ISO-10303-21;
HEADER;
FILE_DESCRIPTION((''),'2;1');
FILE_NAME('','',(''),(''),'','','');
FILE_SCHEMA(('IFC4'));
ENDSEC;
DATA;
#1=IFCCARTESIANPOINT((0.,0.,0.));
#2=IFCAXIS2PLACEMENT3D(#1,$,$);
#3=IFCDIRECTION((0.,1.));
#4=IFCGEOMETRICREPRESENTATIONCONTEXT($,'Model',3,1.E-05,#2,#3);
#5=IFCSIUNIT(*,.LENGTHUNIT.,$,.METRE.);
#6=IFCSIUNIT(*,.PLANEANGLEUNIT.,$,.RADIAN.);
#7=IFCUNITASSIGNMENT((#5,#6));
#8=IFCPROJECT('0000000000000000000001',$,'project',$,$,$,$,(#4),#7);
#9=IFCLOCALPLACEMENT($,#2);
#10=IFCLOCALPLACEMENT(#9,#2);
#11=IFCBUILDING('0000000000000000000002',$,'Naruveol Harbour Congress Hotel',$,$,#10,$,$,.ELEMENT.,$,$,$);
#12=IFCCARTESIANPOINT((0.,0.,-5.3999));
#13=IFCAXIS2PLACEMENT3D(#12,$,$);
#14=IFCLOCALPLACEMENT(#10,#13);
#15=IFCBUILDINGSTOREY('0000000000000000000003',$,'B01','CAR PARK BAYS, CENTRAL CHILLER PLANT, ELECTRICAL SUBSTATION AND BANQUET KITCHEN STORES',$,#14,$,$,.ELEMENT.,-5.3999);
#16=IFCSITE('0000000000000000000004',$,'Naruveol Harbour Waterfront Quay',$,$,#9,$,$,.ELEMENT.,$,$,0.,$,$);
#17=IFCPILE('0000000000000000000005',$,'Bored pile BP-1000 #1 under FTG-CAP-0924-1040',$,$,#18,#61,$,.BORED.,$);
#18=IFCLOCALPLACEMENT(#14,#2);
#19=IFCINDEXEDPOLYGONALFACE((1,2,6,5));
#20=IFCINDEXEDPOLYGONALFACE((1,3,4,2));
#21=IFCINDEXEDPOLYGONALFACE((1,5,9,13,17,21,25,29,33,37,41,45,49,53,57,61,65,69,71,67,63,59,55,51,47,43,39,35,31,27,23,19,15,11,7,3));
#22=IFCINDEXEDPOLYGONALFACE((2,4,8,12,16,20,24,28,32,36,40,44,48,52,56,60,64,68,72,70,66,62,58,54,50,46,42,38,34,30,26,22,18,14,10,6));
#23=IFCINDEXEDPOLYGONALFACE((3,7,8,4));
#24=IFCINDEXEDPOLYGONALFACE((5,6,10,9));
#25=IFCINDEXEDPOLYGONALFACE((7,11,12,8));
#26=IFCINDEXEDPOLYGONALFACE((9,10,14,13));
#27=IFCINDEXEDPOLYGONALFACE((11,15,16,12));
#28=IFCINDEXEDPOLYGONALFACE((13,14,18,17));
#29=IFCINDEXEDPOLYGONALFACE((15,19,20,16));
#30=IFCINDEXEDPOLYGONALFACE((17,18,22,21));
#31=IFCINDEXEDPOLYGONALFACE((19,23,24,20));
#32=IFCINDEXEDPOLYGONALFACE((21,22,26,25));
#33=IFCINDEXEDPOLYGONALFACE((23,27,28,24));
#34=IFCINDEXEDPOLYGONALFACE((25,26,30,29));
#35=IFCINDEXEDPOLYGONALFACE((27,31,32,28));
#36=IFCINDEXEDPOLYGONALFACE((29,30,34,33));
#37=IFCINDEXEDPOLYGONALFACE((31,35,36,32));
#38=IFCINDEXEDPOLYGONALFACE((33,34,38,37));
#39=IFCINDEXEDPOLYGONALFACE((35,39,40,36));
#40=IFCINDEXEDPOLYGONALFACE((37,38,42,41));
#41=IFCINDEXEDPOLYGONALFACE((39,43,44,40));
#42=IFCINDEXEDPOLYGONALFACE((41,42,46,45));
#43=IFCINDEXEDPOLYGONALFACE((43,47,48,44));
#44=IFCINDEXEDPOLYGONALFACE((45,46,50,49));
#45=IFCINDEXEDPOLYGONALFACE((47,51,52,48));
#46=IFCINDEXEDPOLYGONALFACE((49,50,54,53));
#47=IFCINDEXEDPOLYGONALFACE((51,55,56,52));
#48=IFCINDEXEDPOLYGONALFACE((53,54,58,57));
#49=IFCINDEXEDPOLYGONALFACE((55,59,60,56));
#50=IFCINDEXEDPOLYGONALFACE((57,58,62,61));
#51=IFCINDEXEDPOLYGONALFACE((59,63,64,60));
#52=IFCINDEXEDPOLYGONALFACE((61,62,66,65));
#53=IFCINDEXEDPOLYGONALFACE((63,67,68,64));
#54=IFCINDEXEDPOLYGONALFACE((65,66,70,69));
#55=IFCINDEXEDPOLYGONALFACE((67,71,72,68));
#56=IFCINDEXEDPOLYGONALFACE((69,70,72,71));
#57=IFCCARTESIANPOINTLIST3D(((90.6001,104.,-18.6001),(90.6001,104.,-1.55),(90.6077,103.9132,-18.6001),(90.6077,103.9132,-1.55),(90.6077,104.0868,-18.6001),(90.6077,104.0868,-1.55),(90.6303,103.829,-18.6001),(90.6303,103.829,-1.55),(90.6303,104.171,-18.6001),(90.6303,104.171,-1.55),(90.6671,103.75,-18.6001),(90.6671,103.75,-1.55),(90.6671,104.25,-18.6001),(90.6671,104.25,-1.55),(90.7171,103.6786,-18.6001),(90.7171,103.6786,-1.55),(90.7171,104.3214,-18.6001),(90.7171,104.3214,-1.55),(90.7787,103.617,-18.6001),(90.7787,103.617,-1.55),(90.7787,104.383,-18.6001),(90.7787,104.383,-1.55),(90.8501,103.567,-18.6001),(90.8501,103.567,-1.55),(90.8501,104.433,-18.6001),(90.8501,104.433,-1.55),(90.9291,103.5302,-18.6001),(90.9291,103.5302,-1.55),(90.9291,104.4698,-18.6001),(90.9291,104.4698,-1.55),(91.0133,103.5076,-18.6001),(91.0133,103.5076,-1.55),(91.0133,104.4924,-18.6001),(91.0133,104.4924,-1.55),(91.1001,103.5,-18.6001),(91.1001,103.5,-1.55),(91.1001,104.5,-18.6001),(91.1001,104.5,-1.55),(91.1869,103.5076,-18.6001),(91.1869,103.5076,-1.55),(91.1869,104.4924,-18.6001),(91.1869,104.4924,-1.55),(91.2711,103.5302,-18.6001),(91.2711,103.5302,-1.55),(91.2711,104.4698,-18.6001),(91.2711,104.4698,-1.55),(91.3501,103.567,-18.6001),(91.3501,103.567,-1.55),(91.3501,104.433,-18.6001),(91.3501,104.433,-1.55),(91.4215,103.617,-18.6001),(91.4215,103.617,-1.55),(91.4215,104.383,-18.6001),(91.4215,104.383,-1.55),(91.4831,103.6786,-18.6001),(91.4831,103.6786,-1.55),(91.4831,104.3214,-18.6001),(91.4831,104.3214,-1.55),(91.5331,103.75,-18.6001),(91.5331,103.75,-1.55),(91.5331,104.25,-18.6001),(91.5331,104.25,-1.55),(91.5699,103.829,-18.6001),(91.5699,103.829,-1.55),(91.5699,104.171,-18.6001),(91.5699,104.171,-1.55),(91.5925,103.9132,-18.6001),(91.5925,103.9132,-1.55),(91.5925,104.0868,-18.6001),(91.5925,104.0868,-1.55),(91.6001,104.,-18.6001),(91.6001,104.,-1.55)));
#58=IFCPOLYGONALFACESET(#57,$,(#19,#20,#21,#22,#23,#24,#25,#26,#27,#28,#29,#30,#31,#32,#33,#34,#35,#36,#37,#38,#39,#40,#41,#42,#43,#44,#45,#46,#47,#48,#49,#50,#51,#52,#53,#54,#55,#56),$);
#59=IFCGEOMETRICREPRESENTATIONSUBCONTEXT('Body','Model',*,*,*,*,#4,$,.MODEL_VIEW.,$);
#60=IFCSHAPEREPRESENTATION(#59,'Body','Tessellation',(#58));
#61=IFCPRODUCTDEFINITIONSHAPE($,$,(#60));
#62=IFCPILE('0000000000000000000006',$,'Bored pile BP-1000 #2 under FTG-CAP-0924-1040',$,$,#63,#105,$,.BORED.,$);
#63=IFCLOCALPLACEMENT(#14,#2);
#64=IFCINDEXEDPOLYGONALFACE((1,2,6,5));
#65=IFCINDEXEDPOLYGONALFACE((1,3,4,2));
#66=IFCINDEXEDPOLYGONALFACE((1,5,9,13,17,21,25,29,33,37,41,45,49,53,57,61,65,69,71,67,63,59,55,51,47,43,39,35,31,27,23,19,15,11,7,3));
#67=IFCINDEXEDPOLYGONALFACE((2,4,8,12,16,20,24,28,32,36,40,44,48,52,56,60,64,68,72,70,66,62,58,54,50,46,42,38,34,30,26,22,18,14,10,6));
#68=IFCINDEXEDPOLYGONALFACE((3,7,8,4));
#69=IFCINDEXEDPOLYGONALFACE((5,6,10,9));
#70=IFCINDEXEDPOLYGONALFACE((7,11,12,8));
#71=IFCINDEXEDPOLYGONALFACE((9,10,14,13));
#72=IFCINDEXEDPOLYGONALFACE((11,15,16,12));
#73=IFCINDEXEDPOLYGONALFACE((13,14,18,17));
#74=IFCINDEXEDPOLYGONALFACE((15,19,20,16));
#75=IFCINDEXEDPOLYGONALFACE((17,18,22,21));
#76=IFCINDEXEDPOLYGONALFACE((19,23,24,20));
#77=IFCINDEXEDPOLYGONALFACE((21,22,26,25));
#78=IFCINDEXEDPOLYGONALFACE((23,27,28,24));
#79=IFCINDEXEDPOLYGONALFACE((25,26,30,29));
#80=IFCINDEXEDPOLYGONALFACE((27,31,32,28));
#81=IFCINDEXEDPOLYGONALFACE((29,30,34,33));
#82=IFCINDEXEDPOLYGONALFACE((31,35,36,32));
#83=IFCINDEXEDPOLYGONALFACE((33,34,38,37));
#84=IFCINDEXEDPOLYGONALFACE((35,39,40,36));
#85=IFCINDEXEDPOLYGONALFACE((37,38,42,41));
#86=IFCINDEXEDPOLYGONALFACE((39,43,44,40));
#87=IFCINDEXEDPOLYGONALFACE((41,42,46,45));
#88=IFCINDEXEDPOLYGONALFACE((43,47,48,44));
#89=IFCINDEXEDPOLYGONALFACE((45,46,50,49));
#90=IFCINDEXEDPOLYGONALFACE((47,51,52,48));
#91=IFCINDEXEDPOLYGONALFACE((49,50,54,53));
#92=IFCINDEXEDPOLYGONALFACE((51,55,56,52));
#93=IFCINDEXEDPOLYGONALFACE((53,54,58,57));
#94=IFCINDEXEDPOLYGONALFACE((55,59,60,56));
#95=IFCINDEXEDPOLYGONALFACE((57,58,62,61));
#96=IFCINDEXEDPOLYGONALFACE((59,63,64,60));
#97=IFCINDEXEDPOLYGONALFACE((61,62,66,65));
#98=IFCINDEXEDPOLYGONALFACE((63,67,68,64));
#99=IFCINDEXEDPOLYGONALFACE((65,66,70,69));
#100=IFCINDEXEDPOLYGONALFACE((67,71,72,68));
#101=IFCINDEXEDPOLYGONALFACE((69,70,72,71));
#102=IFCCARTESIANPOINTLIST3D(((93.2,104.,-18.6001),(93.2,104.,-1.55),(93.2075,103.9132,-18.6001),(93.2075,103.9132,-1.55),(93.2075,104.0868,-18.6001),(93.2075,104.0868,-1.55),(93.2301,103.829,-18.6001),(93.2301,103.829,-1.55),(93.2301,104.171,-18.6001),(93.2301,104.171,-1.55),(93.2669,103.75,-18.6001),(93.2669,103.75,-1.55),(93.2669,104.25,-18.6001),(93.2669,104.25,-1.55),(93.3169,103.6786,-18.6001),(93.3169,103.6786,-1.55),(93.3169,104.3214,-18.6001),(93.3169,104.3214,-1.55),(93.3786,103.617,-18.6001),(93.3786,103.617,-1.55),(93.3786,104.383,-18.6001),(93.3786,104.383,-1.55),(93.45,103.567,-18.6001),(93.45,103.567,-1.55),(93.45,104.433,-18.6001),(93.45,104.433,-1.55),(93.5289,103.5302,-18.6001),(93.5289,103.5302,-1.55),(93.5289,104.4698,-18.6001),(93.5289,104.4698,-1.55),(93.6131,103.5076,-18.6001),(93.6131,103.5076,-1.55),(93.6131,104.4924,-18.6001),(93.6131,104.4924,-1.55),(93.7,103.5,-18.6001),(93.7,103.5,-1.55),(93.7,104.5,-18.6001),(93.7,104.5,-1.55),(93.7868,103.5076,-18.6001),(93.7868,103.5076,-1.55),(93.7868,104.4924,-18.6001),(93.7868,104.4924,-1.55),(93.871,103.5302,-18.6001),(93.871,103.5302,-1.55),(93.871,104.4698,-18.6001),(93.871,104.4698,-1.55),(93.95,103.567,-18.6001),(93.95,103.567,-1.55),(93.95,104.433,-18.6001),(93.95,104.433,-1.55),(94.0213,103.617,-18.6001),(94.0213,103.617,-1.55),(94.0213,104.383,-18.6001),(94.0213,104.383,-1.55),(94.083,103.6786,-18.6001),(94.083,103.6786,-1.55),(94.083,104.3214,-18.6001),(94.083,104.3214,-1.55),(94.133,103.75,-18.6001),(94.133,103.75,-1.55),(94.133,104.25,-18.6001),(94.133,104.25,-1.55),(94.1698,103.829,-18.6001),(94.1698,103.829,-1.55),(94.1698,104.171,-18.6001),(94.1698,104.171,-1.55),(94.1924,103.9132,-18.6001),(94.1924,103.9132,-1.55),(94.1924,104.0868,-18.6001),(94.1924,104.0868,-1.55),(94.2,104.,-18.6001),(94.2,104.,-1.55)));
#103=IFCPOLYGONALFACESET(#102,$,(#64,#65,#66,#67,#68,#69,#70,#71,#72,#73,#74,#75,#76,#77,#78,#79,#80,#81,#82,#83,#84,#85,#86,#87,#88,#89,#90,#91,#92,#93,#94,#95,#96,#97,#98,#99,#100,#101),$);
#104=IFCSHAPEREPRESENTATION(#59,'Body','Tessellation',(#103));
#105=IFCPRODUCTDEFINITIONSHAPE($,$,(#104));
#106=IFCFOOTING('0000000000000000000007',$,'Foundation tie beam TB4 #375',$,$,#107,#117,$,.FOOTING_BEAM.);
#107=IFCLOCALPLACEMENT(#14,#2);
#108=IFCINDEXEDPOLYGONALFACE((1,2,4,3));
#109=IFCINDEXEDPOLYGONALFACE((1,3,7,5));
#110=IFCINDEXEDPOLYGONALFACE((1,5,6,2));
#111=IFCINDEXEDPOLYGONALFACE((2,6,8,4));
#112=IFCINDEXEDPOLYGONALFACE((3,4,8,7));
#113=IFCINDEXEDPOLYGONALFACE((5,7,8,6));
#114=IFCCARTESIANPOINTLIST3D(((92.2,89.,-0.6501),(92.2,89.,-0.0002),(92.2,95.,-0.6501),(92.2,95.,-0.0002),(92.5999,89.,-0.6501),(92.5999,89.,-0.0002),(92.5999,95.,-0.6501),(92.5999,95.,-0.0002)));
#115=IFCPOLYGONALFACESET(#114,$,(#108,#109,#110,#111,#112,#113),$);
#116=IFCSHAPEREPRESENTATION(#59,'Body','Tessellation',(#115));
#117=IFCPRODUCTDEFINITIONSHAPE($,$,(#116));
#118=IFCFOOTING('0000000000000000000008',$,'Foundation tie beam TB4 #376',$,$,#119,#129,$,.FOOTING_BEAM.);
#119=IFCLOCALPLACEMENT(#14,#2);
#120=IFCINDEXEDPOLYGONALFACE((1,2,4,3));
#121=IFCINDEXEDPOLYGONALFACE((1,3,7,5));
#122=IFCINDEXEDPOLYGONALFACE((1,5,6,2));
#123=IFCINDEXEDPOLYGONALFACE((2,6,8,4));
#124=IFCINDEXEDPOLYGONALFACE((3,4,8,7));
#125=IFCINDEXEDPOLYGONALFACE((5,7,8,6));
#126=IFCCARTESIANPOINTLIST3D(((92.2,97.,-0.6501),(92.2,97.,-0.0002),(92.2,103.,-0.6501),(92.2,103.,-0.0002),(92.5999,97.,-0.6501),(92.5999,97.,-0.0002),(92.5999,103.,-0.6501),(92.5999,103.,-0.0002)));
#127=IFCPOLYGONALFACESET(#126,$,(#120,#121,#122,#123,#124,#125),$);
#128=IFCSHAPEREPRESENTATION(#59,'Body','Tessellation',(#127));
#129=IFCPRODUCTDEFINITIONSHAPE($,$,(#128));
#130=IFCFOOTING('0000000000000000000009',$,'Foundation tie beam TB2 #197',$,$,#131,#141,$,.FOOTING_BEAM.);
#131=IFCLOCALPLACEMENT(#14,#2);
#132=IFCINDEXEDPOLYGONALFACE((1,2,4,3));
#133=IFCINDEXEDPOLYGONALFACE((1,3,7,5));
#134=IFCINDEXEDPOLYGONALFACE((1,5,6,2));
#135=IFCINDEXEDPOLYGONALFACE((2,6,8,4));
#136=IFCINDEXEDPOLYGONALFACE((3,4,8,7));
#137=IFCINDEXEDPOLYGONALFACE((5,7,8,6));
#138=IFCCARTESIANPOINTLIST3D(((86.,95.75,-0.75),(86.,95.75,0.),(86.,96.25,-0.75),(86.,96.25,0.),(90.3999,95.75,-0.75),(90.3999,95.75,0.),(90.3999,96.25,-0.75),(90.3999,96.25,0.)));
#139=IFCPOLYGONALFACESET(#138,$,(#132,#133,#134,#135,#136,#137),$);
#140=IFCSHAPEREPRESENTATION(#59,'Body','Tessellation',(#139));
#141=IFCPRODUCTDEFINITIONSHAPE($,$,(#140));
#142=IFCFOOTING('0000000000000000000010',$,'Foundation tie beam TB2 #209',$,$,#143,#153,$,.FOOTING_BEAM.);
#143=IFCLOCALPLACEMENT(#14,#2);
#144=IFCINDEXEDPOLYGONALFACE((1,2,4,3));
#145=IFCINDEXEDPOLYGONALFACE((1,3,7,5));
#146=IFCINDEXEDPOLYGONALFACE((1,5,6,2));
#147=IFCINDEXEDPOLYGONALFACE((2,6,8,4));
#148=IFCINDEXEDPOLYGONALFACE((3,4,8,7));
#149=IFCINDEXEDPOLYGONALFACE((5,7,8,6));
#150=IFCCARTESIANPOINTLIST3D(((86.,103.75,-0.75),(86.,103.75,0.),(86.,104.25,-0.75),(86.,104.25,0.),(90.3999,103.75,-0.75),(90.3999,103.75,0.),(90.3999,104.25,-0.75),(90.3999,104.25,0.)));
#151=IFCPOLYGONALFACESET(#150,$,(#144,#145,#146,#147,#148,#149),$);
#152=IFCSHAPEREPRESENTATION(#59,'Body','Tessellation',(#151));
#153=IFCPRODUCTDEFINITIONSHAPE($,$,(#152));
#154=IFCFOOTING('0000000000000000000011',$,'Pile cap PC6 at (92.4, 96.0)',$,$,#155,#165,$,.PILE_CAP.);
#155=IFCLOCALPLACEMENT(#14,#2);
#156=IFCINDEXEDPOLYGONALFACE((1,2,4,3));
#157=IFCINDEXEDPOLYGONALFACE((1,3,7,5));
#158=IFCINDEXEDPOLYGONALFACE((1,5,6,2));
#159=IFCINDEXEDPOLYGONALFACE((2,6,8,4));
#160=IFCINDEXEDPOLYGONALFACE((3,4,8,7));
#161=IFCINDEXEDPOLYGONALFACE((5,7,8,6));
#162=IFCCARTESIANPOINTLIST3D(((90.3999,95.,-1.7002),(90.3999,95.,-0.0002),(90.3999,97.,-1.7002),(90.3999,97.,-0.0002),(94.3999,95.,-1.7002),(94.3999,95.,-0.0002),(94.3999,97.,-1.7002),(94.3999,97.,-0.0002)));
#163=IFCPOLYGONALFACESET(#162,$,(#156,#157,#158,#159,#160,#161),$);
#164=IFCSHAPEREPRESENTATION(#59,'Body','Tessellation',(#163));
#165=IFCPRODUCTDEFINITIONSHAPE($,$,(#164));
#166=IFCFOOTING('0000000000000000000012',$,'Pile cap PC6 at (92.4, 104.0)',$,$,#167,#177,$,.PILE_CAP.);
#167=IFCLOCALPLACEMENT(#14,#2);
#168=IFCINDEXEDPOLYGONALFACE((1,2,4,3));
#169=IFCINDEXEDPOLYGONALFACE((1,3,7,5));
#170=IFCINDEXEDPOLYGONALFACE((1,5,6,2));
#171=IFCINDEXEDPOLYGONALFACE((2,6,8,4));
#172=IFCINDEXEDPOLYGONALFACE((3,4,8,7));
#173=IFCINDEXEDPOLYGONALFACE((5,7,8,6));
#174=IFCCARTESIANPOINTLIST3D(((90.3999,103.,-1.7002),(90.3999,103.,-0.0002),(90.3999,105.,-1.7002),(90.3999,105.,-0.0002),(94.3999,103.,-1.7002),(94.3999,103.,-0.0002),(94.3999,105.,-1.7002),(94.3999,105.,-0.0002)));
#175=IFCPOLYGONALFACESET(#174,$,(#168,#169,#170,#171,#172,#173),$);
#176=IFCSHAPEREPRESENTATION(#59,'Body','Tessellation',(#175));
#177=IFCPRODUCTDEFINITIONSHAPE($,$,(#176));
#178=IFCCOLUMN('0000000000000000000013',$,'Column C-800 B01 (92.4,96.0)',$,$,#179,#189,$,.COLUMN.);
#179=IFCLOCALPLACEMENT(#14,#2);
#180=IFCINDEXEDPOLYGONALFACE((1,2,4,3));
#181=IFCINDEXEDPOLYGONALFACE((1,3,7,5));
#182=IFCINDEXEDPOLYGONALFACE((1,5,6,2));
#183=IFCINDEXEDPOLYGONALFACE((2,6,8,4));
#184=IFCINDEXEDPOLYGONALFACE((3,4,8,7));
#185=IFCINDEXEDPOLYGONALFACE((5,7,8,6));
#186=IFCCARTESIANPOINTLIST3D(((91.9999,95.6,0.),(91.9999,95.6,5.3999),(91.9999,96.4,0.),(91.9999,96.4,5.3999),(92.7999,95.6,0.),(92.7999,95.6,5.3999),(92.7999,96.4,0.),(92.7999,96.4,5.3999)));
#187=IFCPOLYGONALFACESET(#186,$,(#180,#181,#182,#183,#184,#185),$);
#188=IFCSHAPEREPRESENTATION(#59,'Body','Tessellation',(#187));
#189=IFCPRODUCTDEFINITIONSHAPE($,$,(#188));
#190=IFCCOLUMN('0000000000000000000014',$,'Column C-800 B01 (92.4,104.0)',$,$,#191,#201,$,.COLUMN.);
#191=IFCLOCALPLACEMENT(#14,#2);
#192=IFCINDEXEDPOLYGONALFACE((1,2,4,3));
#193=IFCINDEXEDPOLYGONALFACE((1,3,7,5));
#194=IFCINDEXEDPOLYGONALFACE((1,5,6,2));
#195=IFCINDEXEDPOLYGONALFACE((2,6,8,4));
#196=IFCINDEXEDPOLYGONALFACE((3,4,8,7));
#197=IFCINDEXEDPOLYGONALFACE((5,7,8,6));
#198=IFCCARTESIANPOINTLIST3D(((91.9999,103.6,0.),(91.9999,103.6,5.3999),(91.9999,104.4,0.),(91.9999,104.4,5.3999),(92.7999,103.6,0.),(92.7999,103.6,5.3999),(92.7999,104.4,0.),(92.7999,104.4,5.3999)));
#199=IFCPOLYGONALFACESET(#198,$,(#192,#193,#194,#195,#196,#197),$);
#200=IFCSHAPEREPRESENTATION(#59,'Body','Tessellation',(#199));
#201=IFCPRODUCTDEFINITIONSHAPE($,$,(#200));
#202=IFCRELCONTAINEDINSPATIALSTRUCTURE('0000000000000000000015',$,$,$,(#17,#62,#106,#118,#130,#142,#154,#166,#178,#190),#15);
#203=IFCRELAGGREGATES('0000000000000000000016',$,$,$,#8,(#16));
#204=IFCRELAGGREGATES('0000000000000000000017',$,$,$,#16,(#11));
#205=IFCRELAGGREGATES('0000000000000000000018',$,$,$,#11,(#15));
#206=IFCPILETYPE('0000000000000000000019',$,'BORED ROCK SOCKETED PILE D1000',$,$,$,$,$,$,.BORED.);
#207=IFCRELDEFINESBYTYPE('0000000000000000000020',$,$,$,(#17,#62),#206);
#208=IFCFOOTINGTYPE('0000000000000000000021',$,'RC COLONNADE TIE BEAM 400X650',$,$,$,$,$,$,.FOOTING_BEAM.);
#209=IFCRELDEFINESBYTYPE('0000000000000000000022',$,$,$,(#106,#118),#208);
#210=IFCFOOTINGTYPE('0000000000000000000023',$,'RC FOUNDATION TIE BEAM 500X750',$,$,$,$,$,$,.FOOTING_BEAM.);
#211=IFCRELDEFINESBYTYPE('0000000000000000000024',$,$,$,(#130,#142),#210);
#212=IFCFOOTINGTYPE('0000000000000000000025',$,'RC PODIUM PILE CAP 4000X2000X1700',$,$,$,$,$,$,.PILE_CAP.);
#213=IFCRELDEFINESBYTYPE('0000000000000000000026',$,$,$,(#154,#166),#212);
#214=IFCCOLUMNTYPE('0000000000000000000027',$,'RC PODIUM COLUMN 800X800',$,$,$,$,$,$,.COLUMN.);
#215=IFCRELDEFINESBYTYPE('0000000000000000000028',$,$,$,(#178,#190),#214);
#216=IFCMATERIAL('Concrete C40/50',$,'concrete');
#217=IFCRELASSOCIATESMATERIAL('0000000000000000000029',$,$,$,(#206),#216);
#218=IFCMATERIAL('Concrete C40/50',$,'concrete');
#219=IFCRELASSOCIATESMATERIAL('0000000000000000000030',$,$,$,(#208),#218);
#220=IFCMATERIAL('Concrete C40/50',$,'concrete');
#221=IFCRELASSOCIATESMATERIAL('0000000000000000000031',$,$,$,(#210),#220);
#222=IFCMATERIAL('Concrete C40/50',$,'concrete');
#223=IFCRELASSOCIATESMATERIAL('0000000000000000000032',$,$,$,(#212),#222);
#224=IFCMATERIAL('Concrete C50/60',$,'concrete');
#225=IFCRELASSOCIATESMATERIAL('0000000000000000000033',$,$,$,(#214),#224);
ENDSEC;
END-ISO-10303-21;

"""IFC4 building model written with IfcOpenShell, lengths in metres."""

from ifc_helpers import new_model, si_unit, direction, frame, origin, origin_2d, place, context, subcontext, project, spatial, rectangle, circle, extrude, material, material_profile, profile_set, type_object, element, save


model = new_model("IFC4")

# Units and contexts
model_context = context("Model", 3, precision=1e-05, world=origin(), true_north=direction((0.0, 1.0)))
body_context = subcontext(model_context, "Body", "Model", "MODEL_VIEW")
ifc_project = project(units=[si_unit("LENGTHUNIT", "METRE"), si_unit("PLANEANGLEUNIT", "RADIAN")], contexts=[model_context])

# Site, building, storey
site_placement = place(None, origin())
site = spatial("IfcSite", under=ifc_project, at=site_placement, Name="Naruveol Harbour Waterfront Quay", CompositionType="ELEMENT", RefElevation=0.0)
building_placement = place(site_placement, origin())
building = spatial("IfcBuilding", under=site, at=building_placement, Name="Naruveol Harbour Congress Hotel", CompositionType="ELEMENT")
storey_placement = place(building_placement, frame((0.0, 0.0, -5.3999)))
storey = spatial("IfcBuildingStorey", under=building, at=storey_placement, Name="B01", Description="CAR PARK BAYS, CENTRAL CHILLER PLANT, ELECTRICAL SUBSTATION AND BANQUET KITCHEN STORES", CompositionType="ELEMENT", Elevation=-5.3999)

# Piles
ifc_material_1 = material(Name="Concrete C40/50", Category="concrete")
ifc_material_profile_1 = material_profile(ifc_material_1, circle(Radius=0.5, at=origin_2d()), Name="BP-1000")
ifc_profile_set_1 = profile_set([ifc_material_profile_1], Name="Concrete C40/50")
pile_type = type_object("IfcPileType", Name="BORED ROCK SOCKETED PILE D1000", PredefinedType="BORED", material=ifc_profile_set_1)
for number, where, z_axis, x_axis, name in (
    (1, (91.1001, 104.0, -1.55), (0.0, 0.0, -1.0), (1.0, 0.0, 0.0), "Bored pile BP-1000 #1 under FTG-CAP-0924-1040"),
    (2, (93.7, 104.0, -1.55), (0.0, 0.0, -1.0), (1.0, 0.0, 0.0), "Bored pile BP-1000 #2 under FTG-CAP-0924-1040"),
):
    element("IfcPile", number, at=place(storey_placement, frame(where, z_axis=z_axis, x_axis=x_axis)), inside=storey, type_object=pile_type, Name=name, PredefinedType="BORED", context=body_context, shape_type="SweptSolid", body=[
        extrude(circle(Radius=0.5, at=origin_2d()), origin(), (0.0, 0.0, 1.0), 17.05),
    ])

# Footings
ifc_material_2 = material(Name="Concrete C40/50", Category="concrete")
ifc_material_profile_2 = material_profile(ifc_material_2, rectangle(XDim=0.3999, YDim=0.6499, at=origin_2d()), Name="RCB-400x650")
ifc_profile_set_2 = profile_set([ifc_material_profile_2], Name="Concrete C40/50")
footing_type_1 = type_object("IfcFootingType", Name="RC COLONNADE TIE BEAM 400X650", PredefinedType="FOOTING_BEAM", material=ifc_profile_set_2)
for number, where, z_axis, x_axis, name in (
    (3, (92.3999, 89.0, -0.3252), (0.0, 1.0, 0.0), (-1.0, 0.0, 0.0), "Foundation tie beam TB4 #375"),
    (4, (92.3999, 97.0, -0.3252), (0.0, 1.0, 0.0), (-1.0, 0.0, 0.0), "Foundation tie beam TB4 #376"),
):
    element("IfcFooting", number, at=place(storey_placement, frame(where, z_axis=z_axis, x_axis=x_axis)), inside=storey, type_object=footing_type_1, Name=name, PredefinedType="FOOTING_BEAM", context=body_context, shape_type="SweptSolid", body=[
        extrude(rectangle(XDim=0.3999, YDim=0.6499, at=origin_2d()), origin(), (0.0, 0.0, 1.0), 6.0),
    ])
ifc_material_3 = material(Name="Concrete C40/50", Category="concrete")
ifc_material_profile_3 = material_profile(ifc_material_3, rectangle(XDim=0.5, YDim=0.75, at=origin_2d()), Name="RCB-500x750")
ifc_profile_set_3 = profile_set([ifc_material_profile_3], Name="Concrete C40/50")
footing_type_2 = type_object("IfcFootingType", Name="RC FOUNDATION TIE BEAM 500X750", PredefinedType="FOOTING_BEAM", material=ifc_profile_set_3)
for number, where, z_axis, x_axis, name in (
    (5, (86.0, 96.0, -0.375), (1.0, 0.0, 0.0), (0.0, 1.0, 0.0), "Foundation tie beam TB2 #197"),
    (6, (86.0, 104.0, -0.375), (1.0, 0.0, 0.0), (0.0, 1.0, 0.0), "Foundation tie beam TB2 #209"),
):
    element("IfcFooting", number, at=place(storey_placement, frame(where, z_axis=z_axis, x_axis=x_axis)), inside=storey, type_object=footing_type_2, Name=name, PredefinedType="FOOTING_BEAM", context=body_context, shape_type="SweptSolid", body=[
        extrude(rectangle(XDim=0.5, YDim=0.75, at=origin_2d()), origin(), (0.0, 0.0, 1.0), 4.3999),
    ])
ifc_material_4 = material(Name="Concrete C40/50", Category="concrete")
footing_type_3 = type_object("IfcFootingType", Name="RC PODIUM PILE CAP 4000X2000X1700", PredefinedType="PILE_CAP", material=ifc_material_4)
for number, where, z_axis, x_axis, name in (
    (7, (92.3999, 96.0, -1.7002), (0.0, 0.0, 1.0), (1.0, 0.0, 0.0), "Pile cap PC6 at (92.4, 96.0)"),
    (8, (92.3999, 104.0, -1.7002), (0.0, 0.0, 1.0), (1.0, 0.0, 0.0), "Pile cap PC6 at (92.4, 104.0)"),
):
    element("IfcFooting", number, at=place(storey_placement, frame(where, z_axis=z_axis, x_axis=x_axis)), inside=storey, type_object=footing_type_3, Name=name, PredefinedType="PILE_CAP", context=body_context, shape_type="SweptSolid", body=[
        extrude(rectangle(XDim=4.0, YDim=2.0, at=origin_2d()), origin(), (0.0, 0.0, 1.0), 1.7),
    ])

# Columns
ifc_material_5 = material(Name="Concrete C50/60", Category="concrete")
ifc_material_profile_4 = material_profile(ifc_material_5, rectangle(XDim=0.8, YDim=0.8, at=origin_2d()), Name="RC-800x800")
ifc_profile_set_4 = profile_set([ifc_material_profile_4], Name="Concrete C50/60")
column_type = type_object("IfcColumnType", Name="RC PODIUM COLUMN 800X800", PredefinedType="COLUMN", material=ifc_profile_set_4)
for number, where, z_axis, x_axis, name in (
    (9, (92.3999, 96.0, 0.0), (0.0, 0.0, 1.0), (1.0, 0.0, 0.0), "Column C-800 B01 (92.4,96.0)"),
    (10, (92.3999, 104.0, 0.0), (0.0, 0.0, 1.0), (1.0, 0.0, 0.0), "Column C-800 B01 (92.4,104.0)"),
):
    element("IfcColumn", number, at=place(storey_placement, frame(where, z_axis=z_axis, x_axis=x_axis)), inside=storey, type_object=column_type, Name=name, PredefinedType="COLUMN", context=body_context, shape_type="SweptSolid", body=[
        extrude(rectangle(XDim=0.8, YDim=0.8, at=origin_2d()), origin(), (0.0, 0.0, 1.0), 5.3999),
    ])

save(model, "model.ifc")
